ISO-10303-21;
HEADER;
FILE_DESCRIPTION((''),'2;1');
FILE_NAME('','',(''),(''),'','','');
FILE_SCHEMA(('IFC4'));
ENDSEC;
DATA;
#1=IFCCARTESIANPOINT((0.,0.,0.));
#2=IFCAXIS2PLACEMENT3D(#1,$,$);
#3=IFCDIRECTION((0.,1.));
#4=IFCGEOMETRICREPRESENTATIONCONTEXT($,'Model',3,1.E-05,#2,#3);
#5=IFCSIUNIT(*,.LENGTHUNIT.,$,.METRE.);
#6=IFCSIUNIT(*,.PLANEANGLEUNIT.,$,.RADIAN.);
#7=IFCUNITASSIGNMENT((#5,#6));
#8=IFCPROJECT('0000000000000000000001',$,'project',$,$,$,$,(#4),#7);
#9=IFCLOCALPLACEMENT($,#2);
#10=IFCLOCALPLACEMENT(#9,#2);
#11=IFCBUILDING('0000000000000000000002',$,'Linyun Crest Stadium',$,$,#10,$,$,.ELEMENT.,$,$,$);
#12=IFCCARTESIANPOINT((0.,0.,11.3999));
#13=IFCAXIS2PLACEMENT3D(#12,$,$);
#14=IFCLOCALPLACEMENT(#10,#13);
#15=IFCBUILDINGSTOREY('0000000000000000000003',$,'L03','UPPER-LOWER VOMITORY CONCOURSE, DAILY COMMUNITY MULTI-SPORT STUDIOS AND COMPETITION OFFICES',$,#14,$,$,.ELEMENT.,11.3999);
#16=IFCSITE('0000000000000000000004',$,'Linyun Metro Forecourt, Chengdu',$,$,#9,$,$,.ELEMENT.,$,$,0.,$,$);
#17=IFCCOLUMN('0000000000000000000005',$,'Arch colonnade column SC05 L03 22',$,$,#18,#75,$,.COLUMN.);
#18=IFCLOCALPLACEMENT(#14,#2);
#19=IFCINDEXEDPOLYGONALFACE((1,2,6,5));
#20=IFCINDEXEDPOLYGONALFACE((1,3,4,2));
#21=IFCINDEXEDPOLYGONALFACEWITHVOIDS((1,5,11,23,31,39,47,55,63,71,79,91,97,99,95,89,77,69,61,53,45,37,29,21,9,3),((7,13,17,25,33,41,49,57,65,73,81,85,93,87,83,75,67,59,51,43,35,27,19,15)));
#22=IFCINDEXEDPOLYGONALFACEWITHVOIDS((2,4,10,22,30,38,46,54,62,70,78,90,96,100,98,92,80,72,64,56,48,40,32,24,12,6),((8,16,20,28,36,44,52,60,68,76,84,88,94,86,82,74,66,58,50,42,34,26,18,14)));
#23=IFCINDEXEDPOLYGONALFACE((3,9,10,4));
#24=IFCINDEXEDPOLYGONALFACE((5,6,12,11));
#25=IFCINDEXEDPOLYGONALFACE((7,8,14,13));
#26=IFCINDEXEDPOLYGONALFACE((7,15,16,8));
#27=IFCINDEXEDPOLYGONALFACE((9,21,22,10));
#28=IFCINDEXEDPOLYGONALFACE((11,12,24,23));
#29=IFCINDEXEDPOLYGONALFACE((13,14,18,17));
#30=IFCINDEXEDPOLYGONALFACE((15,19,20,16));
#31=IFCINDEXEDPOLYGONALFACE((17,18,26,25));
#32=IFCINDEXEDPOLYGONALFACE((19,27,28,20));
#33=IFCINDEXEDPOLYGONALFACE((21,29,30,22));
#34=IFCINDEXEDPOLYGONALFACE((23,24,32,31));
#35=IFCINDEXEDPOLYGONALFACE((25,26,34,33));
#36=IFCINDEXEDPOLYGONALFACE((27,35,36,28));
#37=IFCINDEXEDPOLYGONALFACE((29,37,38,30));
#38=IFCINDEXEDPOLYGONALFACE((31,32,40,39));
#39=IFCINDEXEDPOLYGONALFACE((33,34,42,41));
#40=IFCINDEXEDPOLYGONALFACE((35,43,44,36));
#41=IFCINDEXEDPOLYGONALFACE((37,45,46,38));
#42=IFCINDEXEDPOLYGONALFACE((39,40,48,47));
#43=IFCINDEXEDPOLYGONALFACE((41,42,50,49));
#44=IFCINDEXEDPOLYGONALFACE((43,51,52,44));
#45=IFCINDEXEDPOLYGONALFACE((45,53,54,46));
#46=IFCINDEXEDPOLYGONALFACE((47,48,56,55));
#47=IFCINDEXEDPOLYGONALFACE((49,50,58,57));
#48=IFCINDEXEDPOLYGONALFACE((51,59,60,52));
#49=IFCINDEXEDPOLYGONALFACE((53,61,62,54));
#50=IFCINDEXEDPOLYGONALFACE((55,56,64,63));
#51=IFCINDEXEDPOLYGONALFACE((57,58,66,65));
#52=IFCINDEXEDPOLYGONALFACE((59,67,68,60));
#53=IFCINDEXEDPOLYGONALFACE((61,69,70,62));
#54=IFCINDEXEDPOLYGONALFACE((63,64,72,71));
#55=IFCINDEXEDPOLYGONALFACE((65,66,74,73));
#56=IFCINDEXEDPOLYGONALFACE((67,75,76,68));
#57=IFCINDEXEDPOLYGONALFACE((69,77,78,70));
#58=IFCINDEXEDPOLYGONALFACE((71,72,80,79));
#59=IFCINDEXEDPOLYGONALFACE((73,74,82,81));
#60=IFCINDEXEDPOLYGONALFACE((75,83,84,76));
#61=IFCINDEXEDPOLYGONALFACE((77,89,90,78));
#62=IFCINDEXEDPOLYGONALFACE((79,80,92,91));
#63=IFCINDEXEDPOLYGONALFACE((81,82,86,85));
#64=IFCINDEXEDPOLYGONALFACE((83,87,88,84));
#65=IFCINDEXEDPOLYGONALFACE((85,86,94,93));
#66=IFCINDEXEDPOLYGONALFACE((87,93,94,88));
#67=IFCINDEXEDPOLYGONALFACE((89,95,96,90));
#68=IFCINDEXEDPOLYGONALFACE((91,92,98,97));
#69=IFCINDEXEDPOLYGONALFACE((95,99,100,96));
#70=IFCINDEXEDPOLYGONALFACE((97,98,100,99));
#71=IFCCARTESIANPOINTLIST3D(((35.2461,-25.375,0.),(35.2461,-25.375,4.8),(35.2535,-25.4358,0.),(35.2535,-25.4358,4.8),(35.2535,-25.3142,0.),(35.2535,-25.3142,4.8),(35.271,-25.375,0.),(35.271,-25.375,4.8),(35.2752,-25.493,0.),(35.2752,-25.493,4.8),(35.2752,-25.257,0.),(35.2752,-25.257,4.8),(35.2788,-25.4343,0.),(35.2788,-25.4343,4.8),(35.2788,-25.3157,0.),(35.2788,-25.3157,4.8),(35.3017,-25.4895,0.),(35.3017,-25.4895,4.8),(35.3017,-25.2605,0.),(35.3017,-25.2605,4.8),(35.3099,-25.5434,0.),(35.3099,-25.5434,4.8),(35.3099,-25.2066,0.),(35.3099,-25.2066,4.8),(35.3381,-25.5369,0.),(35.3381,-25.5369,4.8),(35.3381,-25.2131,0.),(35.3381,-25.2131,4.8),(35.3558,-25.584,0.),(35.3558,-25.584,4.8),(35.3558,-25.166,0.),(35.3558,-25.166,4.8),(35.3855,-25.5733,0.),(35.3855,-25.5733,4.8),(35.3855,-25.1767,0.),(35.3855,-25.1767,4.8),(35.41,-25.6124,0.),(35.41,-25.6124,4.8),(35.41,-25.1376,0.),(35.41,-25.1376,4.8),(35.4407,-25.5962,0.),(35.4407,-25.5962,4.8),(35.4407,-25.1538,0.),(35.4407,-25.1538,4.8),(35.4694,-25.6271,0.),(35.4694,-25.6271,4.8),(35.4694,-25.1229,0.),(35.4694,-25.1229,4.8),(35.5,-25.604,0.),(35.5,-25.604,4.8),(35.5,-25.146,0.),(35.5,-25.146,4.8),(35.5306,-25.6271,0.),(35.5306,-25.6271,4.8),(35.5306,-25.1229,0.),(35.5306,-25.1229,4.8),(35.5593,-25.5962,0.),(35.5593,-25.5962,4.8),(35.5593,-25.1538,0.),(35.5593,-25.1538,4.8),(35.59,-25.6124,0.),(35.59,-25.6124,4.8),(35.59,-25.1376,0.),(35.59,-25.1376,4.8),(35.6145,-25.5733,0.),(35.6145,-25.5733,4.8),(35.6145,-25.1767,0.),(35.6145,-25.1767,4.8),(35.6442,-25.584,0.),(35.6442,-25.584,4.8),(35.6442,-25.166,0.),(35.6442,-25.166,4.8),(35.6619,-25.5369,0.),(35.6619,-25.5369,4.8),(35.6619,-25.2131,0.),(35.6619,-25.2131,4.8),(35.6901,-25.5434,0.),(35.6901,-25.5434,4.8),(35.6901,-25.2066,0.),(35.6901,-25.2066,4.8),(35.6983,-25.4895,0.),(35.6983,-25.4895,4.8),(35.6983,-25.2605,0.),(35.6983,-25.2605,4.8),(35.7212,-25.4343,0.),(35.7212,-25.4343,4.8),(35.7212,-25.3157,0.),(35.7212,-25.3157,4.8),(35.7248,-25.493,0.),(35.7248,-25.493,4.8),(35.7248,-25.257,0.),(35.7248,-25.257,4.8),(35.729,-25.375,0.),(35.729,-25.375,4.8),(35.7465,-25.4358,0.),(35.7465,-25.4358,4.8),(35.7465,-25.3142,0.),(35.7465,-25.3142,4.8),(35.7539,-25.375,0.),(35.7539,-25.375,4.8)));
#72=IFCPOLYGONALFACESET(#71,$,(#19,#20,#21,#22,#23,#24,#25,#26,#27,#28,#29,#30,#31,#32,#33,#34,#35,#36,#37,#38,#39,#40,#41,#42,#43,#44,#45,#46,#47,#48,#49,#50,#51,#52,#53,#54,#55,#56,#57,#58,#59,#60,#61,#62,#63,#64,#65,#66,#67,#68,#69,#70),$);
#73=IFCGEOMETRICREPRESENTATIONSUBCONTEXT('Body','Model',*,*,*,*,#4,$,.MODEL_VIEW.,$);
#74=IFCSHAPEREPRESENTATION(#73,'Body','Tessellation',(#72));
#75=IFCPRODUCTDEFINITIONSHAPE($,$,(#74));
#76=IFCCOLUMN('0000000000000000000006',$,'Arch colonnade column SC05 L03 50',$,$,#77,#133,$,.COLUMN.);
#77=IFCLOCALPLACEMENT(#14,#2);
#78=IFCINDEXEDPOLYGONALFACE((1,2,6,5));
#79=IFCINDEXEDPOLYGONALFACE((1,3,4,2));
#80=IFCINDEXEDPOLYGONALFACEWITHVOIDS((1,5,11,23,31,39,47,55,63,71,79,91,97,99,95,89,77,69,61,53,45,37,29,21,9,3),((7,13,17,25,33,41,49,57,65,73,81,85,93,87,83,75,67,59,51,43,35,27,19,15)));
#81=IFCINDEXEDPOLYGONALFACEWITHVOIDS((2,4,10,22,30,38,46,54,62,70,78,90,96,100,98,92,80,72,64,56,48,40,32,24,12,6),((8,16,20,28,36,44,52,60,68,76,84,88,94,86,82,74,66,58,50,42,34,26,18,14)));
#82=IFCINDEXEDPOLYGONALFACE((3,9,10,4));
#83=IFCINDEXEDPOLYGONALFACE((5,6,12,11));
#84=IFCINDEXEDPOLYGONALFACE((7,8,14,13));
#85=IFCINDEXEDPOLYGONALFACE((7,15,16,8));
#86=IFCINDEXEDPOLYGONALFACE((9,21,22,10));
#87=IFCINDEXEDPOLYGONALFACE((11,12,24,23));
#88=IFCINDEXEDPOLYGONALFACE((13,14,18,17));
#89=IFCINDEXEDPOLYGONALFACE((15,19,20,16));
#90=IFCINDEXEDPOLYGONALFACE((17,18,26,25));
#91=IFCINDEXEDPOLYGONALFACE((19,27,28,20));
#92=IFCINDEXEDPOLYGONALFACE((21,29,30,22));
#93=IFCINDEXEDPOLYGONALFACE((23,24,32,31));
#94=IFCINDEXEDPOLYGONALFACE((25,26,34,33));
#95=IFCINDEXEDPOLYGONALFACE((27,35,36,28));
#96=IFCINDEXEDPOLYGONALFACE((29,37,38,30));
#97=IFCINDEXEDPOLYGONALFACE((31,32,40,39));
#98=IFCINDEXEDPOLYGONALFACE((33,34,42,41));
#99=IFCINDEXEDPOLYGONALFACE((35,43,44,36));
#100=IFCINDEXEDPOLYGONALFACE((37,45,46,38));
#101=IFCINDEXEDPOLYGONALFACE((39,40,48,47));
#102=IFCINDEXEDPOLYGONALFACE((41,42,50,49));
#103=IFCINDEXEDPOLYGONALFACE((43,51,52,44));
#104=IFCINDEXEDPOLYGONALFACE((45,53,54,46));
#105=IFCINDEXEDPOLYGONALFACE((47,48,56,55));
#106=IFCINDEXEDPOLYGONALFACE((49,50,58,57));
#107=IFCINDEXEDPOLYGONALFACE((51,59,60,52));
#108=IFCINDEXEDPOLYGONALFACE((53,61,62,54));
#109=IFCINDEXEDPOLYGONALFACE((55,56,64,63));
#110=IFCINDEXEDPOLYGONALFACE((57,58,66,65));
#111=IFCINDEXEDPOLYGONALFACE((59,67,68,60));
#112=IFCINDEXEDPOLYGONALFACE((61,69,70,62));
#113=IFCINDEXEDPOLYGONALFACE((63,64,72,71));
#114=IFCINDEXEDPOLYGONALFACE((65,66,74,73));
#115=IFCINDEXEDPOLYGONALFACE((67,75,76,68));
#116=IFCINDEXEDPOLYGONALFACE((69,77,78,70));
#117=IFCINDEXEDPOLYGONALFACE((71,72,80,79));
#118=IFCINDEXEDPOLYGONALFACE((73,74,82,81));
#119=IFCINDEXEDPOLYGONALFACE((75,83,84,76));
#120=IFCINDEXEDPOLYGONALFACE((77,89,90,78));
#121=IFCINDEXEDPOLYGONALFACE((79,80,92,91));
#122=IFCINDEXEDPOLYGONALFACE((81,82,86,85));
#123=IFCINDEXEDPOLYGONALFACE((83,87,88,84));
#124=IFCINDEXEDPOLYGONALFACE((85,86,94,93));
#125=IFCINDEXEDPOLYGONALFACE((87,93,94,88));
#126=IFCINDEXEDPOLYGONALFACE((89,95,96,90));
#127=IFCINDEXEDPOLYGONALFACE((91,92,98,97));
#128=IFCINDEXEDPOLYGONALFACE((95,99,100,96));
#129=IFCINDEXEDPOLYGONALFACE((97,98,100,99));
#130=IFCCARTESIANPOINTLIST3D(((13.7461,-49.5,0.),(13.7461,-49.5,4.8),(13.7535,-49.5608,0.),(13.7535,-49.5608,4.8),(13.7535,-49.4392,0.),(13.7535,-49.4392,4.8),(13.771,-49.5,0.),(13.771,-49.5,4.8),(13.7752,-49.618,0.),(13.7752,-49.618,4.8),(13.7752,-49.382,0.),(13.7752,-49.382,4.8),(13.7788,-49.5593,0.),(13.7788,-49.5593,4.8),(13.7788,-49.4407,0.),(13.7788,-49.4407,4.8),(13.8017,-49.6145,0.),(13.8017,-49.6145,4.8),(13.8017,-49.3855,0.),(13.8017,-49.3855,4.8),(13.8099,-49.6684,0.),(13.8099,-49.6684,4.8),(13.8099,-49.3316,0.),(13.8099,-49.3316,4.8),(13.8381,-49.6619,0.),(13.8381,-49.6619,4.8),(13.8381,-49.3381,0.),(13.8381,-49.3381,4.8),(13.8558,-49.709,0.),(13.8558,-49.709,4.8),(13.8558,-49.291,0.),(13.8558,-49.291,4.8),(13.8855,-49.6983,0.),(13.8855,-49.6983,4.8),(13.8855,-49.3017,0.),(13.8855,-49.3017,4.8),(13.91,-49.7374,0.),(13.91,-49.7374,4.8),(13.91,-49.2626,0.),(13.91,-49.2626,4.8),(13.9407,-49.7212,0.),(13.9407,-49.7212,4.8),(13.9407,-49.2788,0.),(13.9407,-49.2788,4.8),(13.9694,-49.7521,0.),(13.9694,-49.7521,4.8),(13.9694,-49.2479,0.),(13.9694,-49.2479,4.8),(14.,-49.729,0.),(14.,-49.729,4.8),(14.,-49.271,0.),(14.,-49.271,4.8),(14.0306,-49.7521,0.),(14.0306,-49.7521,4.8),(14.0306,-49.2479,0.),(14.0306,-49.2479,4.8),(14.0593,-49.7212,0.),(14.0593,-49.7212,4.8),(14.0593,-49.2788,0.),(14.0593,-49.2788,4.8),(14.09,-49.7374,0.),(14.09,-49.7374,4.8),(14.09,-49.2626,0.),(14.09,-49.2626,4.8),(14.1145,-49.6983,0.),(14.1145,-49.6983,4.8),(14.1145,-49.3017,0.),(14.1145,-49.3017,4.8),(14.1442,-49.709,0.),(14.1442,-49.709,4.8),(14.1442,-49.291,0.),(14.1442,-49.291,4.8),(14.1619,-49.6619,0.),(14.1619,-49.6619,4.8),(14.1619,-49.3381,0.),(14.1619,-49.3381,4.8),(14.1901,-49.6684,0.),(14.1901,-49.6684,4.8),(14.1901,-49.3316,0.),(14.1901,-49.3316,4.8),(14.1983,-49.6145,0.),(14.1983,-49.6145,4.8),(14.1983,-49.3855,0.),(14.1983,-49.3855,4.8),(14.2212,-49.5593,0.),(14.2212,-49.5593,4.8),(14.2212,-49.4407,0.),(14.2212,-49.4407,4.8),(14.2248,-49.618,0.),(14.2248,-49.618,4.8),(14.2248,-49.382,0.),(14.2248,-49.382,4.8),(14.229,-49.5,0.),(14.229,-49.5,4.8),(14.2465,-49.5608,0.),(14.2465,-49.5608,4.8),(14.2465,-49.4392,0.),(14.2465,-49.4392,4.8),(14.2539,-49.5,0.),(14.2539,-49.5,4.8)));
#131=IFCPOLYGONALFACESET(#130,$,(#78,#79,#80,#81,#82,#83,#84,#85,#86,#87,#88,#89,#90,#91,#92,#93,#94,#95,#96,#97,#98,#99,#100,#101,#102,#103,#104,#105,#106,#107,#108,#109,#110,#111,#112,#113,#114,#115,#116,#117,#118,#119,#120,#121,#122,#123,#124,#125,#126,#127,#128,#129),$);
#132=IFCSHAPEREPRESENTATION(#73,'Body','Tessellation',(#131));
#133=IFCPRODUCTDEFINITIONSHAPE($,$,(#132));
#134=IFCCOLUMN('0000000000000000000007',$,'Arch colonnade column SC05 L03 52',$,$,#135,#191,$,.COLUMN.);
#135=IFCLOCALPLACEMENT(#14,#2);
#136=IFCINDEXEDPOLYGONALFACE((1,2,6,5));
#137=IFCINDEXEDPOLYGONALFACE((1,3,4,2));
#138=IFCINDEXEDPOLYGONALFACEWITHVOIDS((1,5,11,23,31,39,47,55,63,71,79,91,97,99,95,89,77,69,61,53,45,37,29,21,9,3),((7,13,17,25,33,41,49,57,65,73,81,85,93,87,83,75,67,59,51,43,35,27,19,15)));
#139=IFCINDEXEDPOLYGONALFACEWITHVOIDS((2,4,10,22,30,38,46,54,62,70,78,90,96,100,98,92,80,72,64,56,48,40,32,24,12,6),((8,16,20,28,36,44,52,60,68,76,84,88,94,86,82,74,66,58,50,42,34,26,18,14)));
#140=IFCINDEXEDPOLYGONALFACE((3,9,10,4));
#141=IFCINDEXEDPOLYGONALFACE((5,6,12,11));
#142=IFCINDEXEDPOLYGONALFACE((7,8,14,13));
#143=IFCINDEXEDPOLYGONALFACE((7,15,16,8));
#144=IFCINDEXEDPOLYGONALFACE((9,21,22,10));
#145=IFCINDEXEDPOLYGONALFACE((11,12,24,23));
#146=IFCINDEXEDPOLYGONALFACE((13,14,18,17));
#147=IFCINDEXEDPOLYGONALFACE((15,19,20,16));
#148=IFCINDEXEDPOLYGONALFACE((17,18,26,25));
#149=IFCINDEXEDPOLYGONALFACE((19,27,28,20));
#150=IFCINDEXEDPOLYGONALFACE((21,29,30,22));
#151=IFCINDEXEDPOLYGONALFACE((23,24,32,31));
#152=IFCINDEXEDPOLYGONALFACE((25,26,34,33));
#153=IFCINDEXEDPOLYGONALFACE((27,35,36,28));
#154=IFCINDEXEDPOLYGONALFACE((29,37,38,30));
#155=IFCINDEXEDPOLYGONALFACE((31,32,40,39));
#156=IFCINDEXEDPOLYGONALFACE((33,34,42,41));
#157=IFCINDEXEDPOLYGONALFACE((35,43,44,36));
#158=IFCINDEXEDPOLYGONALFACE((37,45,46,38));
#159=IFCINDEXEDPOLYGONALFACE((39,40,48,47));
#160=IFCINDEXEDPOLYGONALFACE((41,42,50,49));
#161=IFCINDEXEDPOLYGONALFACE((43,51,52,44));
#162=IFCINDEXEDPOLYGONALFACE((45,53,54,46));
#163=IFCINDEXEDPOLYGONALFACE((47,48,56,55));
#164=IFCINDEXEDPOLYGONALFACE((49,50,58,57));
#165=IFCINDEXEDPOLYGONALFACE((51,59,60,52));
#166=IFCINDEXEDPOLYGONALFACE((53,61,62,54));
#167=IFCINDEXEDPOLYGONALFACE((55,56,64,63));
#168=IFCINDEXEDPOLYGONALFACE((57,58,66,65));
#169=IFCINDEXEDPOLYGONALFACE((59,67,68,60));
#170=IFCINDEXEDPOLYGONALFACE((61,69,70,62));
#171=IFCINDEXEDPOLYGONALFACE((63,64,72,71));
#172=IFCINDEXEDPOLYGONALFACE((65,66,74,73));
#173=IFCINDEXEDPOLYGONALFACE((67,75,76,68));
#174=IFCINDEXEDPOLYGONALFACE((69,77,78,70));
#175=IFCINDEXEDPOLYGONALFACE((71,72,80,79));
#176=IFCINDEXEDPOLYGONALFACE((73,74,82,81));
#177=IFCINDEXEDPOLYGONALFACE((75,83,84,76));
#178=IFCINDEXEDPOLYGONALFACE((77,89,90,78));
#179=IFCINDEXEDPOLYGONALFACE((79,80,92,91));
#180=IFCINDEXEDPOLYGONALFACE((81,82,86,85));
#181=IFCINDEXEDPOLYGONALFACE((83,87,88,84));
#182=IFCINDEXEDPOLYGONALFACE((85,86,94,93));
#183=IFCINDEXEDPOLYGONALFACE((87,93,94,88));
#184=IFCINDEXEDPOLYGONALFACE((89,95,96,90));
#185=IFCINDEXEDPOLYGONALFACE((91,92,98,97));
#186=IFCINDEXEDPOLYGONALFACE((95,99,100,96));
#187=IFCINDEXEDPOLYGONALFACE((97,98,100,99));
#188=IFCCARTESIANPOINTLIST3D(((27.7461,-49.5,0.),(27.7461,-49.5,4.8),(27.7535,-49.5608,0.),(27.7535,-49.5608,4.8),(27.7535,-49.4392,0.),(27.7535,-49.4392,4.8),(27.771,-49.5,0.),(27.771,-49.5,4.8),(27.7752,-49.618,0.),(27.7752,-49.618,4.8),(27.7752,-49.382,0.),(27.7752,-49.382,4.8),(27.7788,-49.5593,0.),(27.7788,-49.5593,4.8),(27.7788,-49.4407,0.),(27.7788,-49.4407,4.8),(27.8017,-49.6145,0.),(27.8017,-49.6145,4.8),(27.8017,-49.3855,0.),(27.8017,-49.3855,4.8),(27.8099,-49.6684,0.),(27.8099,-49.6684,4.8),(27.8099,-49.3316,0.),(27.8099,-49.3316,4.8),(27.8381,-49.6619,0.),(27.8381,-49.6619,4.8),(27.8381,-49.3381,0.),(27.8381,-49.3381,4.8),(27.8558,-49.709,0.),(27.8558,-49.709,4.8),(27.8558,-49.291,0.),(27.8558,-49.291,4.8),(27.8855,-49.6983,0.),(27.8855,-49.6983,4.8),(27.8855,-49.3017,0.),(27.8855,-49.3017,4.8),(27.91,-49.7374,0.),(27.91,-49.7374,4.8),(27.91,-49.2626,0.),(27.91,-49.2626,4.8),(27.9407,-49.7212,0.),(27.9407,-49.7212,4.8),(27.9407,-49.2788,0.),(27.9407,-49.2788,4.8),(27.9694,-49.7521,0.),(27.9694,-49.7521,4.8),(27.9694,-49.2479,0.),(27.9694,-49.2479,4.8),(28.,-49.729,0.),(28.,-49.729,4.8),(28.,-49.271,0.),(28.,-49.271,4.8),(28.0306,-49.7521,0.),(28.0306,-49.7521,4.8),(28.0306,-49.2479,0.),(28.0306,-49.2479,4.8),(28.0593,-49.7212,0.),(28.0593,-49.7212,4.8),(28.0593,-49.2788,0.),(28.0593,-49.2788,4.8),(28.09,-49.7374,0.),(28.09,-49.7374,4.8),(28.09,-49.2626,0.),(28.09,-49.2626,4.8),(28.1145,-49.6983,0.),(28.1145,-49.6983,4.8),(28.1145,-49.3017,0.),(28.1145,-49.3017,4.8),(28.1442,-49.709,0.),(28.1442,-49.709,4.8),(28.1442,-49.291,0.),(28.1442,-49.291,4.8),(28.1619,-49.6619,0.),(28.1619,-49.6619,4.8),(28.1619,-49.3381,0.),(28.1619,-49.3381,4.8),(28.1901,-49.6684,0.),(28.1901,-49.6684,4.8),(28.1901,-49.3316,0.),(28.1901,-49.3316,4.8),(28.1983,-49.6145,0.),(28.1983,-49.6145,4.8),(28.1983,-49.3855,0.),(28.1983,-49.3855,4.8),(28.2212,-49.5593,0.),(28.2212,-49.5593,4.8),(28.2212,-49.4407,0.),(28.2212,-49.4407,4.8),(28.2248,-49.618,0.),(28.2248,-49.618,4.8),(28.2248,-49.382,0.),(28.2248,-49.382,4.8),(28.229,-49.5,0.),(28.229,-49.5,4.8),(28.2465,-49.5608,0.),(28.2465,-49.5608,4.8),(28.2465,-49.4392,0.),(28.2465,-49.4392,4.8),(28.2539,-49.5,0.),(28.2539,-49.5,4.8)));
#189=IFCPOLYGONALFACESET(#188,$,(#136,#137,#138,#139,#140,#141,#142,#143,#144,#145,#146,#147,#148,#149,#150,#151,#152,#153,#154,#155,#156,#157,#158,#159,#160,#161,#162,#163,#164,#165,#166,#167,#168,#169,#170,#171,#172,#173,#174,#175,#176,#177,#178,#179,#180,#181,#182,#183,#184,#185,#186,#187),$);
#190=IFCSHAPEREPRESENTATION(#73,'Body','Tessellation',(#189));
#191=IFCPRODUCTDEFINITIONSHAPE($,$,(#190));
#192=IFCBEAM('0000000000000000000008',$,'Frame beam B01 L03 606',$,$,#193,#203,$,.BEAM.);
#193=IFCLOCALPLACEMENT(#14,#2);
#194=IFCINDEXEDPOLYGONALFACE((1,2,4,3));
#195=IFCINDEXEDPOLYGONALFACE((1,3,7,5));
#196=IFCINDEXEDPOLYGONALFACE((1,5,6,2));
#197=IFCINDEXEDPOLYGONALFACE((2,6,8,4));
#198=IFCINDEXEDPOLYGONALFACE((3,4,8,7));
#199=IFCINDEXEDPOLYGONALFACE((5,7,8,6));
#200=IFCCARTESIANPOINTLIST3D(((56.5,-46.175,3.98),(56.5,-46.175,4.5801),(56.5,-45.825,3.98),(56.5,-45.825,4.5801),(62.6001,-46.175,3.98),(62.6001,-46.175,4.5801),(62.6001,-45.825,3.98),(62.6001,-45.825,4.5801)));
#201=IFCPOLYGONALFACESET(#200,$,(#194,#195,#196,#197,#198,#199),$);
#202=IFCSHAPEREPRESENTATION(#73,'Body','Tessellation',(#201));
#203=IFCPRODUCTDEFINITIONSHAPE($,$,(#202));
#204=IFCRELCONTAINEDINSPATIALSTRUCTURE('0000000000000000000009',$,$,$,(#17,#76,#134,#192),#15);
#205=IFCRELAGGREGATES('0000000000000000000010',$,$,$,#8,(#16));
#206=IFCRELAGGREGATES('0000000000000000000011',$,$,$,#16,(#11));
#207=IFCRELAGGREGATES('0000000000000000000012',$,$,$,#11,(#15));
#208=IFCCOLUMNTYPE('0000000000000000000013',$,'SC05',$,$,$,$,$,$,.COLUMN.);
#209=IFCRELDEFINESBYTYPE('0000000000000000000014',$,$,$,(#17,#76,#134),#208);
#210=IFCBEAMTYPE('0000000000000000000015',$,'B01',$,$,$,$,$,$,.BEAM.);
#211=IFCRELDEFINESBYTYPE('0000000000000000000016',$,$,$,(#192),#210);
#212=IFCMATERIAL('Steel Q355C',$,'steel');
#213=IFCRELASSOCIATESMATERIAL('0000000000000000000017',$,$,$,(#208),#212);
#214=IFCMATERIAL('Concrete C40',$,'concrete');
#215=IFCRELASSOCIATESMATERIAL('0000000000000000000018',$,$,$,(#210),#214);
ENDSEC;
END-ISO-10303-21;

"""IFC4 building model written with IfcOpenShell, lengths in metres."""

from ifc_helpers import new_model, si_unit, direction, frame, origin, origin_2d, place, context, subcontext, project, spatial, rectangle, hollow_circle, extrude, material, material_profile, profile_set, type_object, element, save


model = new_model("IFC4")

# Units and contexts
model_context = context("Model", 3, precision=1e-05, world=origin(), true_north=direction((0.0, 1.0)))
body_context = subcontext(model_context, "Body", "Model", "MODEL_VIEW")
ifc_project = project(units=[si_unit("LENGTHUNIT", "METRE"), si_unit("PLANEANGLEUNIT", "RADIAN")], contexts=[model_context])

# Site, building, storey
site_placement = place(None, origin())
site = spatial("IfcSite", under=ifc_project, at=site_placement, Name="Linyun Metro Forecourt, Chengdu", CompositionType="ELEMENT", RefElevation=0.0)
building_placement = place(site_placement, origin())
building = spatial("IfcBuilding", under=site, at=building_placement, Name="Linyun Crest Stadium", CompositionType="ELEMENT")
storey_placement = place(building_placement, frame((0.0, 0.0, 11.3999)))
storey = spatial("IfcBuildingStorey", under=building, at=storey_placement, Name="L03", Description="UPPER-LOWER VOMITORY CONCOURSE, DAILY COMMUNITY MULTI-SPORT STUDIOS AND COMPETITION OFFICES", CompositionType="ELEMENT", Elevation=11.3999)

# Columns
ifc_material_1 = material(Name="Steel Q355C", Category="steel")
ifc_material_profile_1 = material_profile(ifc_material_1, hollow_circle(Radius=0.2539, WallThickness=0.0249, at=origin_2d()), Name="CHS 508x25")
ifc_profile_set_1 = profile_set([ifc_material_profile_1], Name="Steel Q355C")
column_type_1 = type_object("IfcColumnType", Name="SC05", PredefinedType="COLUMN", material=ifc_profile_set_1)
for number, where, z_axis, x_axis, name in (
    (1, (35.5, -25.375, 0.0), (0.0, 0.0, 1.0), (1.0, 0.0, 0.0), "Arch colonnade column SC05 L03 22"),
    (2, (14.0, -49.5, 0.0), (0.0, 0.0, 1.0), (1.0, 0.0, 0.0), "Arch colonnade column SC05 L03 50"),
    (3, (28.0, -49.5, 0.0), (0.0, 0.0, 1.0), (1.0, 0.0, 0.0), "Arch colonnade column SC05 L03 52"),
):
    element("IfcColumn", number, at=place(storey_placement, frame(where, z_axis=z_axis, x_axis=x_axis)), inside=storey, type_object=column_type_1, Name=name, PredefinedType="COLUMN", context=body_context, shape_type="SweptSolid", body=[
        extrude(hollow_circle(Radius=0.2539, WallThickness=0.0249, at=origin_2d()), origin(), (0.0, 0.0, 1.0), 4.8),
    ])

# Beam
ifc_material_2 = material(Name="Concrete C40", Category="concrete")
ifc_material_profile_2 = material_profile(ifc_material_2, rectangle(XDim=0.3501, YDim=0.6001, at=origin_2d()), Name="RCB 600x350")
ifc_profile_set_2 = profile_set([ifc_material_profile_2], Name="Concrete C40")
beam_type_1 = type_object("IfcBeamType", Name="B01", PredefinedType="BEAM", material=ifc_profile_set_2)
beam_1_placement = place(storey_placement, frame((56.5, -46.0, 4.28), z_axis=(1.0, 0.0, 0.0), x_axis=(0.0, 1.0, 0.0)))
element("IfcBeam", 4, at=beam_1_placement, inside=storey, type_object=beam_type_1, Name="Frame beam B01 L03 606", PredefinedType="BEAM", context=body_context, shape_type="SweptSolid", body=[
    extrude(rectangle(XDim=0.3501, YDim=0.6001, at=origin_2d()), origin(), (0.0, 0.0, 1.0), 6.1001),
])

save(model, "model.ifc")
